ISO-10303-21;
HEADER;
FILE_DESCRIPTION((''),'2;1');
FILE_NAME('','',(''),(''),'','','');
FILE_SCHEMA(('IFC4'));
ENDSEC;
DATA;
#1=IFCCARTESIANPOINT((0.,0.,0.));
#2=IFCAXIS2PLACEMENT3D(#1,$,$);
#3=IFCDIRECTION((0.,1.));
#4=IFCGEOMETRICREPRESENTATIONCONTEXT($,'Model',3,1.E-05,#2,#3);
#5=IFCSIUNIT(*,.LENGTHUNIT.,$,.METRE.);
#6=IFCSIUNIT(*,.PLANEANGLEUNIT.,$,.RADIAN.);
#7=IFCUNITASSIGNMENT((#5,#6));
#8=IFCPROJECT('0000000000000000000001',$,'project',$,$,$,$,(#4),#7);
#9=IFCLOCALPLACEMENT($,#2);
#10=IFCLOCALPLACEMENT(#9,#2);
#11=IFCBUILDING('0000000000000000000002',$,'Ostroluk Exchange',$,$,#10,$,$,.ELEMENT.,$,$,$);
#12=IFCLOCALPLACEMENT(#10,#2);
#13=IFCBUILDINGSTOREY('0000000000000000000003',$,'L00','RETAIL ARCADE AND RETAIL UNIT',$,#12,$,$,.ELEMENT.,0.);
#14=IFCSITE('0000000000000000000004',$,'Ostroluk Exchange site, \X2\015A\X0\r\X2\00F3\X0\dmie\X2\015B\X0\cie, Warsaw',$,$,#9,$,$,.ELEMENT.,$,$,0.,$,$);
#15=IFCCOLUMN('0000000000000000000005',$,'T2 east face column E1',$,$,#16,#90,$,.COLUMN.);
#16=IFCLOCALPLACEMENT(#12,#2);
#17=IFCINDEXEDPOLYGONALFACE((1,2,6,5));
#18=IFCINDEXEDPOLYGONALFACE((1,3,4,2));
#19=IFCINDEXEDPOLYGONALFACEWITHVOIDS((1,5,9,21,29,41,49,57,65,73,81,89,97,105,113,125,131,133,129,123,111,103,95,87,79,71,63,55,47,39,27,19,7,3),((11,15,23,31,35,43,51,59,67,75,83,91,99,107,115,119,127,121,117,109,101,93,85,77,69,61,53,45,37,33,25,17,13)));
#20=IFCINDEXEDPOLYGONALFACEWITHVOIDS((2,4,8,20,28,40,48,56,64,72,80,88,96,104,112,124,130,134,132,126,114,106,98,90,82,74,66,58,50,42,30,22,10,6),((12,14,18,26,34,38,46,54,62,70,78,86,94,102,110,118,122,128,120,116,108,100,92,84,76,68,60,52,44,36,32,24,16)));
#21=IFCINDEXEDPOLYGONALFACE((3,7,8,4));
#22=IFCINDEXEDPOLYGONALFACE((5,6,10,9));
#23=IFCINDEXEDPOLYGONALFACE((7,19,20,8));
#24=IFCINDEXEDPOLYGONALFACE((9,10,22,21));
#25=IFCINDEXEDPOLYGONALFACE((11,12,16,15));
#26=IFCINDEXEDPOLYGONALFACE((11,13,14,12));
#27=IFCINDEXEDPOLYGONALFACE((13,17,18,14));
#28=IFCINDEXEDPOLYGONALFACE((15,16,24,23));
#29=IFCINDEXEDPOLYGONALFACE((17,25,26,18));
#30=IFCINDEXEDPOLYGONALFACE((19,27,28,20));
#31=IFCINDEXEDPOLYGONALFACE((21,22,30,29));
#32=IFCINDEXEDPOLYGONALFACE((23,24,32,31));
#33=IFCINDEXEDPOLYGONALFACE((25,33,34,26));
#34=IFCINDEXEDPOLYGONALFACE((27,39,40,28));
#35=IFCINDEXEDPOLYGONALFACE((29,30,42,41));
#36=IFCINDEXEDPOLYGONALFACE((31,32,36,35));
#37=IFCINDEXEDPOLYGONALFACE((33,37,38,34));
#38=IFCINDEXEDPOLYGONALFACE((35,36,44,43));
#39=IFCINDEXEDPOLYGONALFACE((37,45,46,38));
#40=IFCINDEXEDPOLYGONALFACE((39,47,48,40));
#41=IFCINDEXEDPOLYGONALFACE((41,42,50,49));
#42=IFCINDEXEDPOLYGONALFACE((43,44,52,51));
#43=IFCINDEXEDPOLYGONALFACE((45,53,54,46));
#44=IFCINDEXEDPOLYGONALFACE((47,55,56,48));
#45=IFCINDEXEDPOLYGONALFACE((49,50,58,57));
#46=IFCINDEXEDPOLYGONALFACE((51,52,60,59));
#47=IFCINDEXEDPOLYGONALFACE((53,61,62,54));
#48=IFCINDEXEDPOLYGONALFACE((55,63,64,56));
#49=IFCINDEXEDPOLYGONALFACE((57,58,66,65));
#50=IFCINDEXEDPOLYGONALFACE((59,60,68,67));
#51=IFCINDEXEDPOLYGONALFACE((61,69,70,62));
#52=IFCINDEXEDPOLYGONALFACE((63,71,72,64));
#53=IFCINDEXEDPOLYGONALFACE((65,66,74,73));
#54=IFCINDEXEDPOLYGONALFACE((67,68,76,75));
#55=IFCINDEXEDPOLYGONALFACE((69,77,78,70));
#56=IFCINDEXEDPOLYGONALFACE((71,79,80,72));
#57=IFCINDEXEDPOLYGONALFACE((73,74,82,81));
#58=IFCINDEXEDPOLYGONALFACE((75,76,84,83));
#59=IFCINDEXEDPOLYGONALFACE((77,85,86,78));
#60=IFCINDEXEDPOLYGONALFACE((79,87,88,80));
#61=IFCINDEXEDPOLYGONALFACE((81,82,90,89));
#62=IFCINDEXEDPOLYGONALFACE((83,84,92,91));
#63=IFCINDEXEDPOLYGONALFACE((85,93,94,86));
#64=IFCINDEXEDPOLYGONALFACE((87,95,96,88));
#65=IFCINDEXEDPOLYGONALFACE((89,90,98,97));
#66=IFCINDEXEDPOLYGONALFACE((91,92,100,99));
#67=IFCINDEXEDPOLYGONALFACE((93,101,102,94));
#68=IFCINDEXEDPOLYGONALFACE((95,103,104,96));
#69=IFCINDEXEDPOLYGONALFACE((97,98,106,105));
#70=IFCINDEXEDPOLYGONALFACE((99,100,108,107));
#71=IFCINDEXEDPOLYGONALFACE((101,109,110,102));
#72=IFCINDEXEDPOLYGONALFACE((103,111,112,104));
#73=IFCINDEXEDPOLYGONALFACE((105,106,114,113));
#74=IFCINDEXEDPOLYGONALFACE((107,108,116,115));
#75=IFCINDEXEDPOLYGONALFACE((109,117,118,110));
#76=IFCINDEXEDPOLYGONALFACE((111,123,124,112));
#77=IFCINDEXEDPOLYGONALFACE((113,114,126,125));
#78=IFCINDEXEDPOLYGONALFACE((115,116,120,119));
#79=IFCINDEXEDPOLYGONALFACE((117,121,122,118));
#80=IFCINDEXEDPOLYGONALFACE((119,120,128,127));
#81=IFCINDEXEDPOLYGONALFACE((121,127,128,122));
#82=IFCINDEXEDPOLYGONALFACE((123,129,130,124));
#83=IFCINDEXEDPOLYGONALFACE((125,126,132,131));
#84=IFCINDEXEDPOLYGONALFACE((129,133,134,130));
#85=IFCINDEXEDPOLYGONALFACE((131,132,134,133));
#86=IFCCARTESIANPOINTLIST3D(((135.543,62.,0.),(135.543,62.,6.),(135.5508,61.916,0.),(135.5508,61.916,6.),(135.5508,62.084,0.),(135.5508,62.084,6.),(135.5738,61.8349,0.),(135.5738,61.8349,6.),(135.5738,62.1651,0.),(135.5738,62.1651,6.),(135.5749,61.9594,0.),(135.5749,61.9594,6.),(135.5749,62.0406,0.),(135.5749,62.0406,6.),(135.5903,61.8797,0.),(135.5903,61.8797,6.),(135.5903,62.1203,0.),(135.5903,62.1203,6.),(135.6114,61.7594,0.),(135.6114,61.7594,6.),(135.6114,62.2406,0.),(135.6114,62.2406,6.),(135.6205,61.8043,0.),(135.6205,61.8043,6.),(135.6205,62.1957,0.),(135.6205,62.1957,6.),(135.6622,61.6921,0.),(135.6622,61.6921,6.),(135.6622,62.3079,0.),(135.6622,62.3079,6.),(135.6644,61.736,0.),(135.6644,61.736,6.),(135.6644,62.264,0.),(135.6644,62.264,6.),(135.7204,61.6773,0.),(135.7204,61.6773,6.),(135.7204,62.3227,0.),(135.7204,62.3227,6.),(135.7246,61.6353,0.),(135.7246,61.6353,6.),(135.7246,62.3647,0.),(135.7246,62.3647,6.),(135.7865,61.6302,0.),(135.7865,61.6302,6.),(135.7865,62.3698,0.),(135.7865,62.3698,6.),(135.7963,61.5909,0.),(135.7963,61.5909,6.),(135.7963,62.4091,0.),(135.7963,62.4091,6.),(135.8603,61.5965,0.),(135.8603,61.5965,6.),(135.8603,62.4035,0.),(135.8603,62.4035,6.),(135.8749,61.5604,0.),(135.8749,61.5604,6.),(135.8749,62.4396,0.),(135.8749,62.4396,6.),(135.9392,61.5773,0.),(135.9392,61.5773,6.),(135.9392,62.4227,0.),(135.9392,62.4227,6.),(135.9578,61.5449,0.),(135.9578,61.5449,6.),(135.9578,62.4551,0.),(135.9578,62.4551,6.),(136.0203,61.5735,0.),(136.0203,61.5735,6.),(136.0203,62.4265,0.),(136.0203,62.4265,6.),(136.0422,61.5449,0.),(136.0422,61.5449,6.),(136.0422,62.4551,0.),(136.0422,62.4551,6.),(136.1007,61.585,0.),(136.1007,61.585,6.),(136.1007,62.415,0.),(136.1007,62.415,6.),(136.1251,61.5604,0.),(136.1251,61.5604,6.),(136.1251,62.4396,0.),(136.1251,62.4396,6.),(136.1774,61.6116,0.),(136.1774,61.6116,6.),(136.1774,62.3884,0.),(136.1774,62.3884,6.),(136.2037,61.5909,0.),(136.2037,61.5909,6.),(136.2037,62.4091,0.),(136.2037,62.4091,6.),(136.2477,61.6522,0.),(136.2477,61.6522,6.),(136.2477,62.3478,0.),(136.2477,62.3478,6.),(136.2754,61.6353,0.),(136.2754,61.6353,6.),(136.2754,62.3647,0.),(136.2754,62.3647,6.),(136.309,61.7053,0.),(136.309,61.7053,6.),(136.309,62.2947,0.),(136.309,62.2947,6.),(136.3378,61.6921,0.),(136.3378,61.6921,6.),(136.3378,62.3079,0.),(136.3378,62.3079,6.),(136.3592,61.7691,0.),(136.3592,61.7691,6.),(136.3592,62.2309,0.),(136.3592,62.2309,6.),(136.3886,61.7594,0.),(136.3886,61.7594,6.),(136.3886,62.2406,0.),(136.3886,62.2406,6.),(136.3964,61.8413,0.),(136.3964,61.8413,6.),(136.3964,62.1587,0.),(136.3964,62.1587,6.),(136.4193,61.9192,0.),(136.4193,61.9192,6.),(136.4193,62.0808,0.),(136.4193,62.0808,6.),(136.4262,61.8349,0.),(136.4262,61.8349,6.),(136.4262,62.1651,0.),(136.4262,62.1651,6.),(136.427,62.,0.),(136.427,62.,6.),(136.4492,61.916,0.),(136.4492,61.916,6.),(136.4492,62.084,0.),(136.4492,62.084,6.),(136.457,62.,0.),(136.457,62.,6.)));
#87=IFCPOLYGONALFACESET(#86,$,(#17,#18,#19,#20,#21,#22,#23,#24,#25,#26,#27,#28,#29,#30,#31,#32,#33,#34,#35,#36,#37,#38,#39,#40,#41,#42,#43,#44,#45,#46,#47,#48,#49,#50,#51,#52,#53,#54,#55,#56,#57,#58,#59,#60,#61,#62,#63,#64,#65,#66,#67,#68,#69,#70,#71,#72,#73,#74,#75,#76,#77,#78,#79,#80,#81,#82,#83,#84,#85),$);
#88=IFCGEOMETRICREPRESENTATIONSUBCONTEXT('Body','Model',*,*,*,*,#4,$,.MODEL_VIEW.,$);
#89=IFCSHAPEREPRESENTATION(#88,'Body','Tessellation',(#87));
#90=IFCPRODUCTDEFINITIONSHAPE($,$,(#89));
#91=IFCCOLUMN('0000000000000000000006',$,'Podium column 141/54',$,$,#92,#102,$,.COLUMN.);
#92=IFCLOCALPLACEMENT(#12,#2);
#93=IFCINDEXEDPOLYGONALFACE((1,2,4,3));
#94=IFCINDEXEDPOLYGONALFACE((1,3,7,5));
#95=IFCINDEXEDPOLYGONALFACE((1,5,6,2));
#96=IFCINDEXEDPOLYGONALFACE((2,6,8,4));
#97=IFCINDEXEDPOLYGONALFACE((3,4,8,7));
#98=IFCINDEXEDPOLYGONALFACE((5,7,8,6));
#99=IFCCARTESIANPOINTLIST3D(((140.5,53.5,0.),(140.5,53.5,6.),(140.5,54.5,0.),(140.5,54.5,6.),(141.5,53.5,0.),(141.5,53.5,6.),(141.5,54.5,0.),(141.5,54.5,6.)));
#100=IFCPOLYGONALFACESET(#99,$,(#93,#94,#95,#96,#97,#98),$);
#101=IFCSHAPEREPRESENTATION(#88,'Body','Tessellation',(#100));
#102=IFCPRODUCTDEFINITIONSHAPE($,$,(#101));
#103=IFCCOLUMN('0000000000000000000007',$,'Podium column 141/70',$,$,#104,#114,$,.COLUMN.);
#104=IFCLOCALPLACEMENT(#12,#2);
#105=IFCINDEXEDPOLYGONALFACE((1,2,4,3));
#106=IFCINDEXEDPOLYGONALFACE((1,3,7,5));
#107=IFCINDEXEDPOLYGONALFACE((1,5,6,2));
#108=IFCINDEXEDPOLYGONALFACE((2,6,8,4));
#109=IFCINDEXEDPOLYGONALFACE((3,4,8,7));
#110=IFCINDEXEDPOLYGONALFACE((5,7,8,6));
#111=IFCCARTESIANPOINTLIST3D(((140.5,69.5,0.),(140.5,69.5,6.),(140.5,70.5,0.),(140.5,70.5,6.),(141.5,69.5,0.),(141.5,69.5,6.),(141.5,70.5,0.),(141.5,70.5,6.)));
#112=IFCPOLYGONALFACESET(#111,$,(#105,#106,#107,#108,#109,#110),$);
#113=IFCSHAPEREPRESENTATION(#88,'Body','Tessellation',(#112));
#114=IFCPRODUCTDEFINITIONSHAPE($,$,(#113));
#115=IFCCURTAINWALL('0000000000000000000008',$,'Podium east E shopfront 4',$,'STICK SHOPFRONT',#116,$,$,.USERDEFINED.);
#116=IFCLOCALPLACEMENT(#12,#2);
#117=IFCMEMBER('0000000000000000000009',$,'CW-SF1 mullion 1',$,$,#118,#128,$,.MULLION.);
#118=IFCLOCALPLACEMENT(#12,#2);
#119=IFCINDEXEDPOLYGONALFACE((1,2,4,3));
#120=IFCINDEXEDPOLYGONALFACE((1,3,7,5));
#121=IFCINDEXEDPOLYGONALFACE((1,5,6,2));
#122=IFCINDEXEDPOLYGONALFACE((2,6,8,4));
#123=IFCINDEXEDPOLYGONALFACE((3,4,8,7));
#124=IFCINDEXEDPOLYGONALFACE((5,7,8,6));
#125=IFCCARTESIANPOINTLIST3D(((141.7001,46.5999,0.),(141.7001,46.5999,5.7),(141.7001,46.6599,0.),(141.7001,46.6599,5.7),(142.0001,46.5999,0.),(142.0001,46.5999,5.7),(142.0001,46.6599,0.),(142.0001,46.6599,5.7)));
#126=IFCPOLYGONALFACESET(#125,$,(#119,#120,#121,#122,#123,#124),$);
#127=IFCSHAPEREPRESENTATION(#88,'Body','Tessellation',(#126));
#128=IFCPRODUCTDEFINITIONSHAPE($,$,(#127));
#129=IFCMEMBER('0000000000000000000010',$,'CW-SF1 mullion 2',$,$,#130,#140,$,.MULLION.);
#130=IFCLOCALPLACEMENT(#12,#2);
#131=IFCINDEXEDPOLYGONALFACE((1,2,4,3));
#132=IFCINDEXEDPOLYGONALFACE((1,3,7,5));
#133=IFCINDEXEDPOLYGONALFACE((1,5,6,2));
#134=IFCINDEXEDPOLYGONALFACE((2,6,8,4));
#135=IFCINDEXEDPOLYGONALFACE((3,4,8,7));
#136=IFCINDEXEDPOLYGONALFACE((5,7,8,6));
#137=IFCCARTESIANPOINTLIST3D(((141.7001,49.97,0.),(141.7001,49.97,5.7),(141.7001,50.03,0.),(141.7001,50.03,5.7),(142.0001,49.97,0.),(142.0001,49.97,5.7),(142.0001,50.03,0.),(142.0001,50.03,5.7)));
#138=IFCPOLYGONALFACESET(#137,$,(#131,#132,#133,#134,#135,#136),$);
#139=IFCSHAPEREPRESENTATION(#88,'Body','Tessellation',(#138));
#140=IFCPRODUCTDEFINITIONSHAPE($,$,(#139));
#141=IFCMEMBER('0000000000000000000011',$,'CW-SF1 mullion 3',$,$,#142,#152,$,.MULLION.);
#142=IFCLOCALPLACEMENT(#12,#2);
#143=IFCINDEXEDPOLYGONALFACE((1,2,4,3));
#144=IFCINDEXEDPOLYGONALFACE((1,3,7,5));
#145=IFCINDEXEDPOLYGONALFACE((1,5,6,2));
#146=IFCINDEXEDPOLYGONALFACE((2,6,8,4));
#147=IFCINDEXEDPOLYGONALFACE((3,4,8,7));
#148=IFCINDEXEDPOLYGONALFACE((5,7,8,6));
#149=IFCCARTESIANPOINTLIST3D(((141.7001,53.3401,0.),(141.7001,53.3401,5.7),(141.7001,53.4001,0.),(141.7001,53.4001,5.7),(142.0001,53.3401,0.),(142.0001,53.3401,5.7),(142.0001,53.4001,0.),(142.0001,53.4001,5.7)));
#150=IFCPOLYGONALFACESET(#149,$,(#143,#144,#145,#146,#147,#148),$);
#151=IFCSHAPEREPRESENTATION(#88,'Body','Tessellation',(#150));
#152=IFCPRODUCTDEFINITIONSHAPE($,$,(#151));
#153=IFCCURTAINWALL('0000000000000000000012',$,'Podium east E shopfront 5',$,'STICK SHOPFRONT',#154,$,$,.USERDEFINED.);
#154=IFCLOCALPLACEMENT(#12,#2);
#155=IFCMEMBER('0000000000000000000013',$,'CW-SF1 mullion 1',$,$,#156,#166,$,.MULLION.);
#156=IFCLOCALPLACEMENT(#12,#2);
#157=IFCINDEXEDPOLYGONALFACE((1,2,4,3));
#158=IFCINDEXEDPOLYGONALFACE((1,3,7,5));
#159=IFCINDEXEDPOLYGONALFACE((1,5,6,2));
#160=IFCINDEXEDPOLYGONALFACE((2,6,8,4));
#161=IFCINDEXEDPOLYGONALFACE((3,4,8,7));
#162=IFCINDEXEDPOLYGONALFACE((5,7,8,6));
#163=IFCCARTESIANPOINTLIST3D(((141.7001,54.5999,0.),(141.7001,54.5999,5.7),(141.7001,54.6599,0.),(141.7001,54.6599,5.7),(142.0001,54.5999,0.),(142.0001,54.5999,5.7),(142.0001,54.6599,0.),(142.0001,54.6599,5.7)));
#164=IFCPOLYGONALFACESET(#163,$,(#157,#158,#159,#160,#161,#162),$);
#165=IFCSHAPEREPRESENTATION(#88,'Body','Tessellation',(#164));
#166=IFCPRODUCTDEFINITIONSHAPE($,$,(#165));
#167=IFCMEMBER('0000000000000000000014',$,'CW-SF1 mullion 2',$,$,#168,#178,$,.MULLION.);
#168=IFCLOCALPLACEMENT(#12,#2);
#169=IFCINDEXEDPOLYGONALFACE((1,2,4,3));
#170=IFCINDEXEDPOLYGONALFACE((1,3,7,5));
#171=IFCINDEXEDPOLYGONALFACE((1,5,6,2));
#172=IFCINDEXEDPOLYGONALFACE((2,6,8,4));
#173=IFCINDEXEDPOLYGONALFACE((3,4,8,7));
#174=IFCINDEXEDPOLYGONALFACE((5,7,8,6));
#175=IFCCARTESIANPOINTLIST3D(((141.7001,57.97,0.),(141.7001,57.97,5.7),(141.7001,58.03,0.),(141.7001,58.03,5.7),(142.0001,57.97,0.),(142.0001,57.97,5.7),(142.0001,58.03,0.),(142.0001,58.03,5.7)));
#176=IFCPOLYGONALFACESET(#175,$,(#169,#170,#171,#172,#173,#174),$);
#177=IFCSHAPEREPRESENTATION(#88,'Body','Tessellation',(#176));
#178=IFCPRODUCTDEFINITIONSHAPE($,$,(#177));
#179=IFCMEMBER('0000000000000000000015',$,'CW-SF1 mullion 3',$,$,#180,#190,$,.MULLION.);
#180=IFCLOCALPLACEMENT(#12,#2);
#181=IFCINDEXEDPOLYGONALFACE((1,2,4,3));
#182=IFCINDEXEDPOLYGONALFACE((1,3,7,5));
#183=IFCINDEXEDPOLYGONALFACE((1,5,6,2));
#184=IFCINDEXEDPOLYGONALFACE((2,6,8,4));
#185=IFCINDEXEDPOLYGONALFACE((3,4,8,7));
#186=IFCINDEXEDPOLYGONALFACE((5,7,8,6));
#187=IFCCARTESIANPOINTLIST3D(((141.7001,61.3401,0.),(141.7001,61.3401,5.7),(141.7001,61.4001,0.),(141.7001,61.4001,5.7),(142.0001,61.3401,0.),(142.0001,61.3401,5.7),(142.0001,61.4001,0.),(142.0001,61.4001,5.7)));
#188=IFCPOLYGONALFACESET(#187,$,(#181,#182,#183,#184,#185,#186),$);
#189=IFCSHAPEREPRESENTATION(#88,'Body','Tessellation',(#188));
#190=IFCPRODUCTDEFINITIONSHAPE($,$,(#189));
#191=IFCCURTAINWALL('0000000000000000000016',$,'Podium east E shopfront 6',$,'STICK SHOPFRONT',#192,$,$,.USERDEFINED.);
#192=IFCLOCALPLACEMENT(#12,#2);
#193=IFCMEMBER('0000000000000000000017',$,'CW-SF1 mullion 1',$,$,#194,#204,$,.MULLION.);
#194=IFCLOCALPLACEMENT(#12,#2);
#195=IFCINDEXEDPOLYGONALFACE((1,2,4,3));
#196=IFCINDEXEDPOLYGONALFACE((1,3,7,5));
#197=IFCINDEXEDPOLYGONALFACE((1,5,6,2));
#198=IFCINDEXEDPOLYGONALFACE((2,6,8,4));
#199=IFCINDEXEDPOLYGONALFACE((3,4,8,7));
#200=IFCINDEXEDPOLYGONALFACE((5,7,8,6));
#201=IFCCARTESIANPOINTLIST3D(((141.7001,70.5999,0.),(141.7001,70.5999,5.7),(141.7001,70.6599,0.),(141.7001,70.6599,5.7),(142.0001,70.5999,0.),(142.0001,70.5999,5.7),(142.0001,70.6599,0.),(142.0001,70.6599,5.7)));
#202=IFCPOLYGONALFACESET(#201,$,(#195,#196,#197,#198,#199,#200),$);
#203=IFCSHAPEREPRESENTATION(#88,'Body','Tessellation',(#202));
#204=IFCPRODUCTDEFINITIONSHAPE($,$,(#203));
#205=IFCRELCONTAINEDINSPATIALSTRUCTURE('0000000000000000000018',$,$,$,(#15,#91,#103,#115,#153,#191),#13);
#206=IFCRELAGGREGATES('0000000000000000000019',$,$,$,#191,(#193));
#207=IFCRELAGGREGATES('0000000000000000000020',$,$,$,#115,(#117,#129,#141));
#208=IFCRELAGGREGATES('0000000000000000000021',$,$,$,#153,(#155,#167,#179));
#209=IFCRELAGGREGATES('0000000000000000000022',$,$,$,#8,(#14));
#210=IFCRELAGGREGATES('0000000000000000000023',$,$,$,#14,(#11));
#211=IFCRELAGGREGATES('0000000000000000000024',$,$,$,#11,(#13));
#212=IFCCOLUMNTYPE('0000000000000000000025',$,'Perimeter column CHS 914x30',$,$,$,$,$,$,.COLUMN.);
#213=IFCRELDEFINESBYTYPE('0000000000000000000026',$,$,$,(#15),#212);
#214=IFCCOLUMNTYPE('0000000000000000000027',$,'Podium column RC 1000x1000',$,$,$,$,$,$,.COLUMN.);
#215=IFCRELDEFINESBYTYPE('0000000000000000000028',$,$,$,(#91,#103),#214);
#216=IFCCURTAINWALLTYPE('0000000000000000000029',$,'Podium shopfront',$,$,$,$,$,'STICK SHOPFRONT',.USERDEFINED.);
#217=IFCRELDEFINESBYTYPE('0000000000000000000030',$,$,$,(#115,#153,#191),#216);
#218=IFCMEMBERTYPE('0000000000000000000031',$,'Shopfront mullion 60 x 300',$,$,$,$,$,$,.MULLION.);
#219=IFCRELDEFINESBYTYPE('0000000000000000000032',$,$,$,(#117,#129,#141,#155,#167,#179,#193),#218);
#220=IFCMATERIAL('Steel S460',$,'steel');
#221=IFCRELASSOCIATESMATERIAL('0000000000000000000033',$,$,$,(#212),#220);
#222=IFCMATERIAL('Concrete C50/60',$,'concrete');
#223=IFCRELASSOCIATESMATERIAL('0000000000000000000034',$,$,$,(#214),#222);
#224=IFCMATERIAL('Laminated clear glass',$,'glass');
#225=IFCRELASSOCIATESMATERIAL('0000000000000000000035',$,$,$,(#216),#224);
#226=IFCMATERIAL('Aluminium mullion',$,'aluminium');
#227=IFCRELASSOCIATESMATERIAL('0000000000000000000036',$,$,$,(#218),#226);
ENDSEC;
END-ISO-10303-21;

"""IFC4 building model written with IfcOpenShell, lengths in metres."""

from ifc_helpers import new_model, si_unit, direction, frame, origin, origin_2d, place, context, subcontext, project, spatial, rectangle, hollow_circle, extrude, material, material_profile, profile_set, type_object, element, aggregate, save


model = new_model("IFC4")

# Units and contexts
model_context = context("Model", 3, precision=1e-05, world=origin(), true_north=direction((0.0, 1.0)))
body_context = subcontext(model_context, "Body", "Model", "MODEL_VIEW")
ifc_project = project(units=[si_unit("LENGTHUNIT", "METRE"), si_unit("PLANEANGLEUNIT", "RADIAN")], contexts=[model_context])

# Site, building, storey
site_placement = place(None, origin())
site = spatial("IfcSite", under=ifc_project, at=site_placement, Name="Ostroluk Exchange site, Śródmieście, Warsaw", CompositionType="ELEMENT", RefElevation=0.0)
building_placement = place(site_placement, origin())
building = spatial("IfcBuilding", under=site, at=building_placement, Name="Ostroluk Exchange", CompositionType="ELEMENT")
storey_placement = place(building_placement, origin())
storey = spatial("IfcBuildingStorey", under=building, at=storey_placement, Name="L00", Description="RETAIL ARCADE AND RETAIL UNIT", CompositionType="ELEMENT", Elevation=0.0)

# Columns
ifc_material_1 = material(Name="Steel S460", Category="steel")
ifc_material_profile_1 = material_profile(ifc_material_1, hollow_circle(Radius=0.457, WallThickness=0.03, at=origin_2d()), Name="CHS 914x30")
ifc_profile_set_1 = profile_set([ifc_material_profile_1], Name="Steel S460")
column_type_1 = type_object("IfcColumnType", Name="Perimeter column CHS 914x30", PredefinedType="COLUMN", material=ifc_profile_set_1)
column_placement = place(storey_placement, frame((136.0, 62.0, 0.0), z_axis=(0.0, 0.0, 1.0), x_axis=(1.0, 0.0, 0.0)))
element("IfcColumn", 1, at=column_placement, inside=storey, type_object=column_type_1, Name="T2 east face column E1", PredefinedType="COLUMN", context=body_context, shape_type="SweptSolid", body=[
    extrude(hollow_circle(Radius=0.457, WallThickness=0.03, at=origin_2d()), origin(), (0.0, 0.0, 1.0), 6.0),
])
ifc_material_2 = material(Name="Concrete C50/60", Category="concrete")
ifc_material_profile_2 = material_profile(ifc_material_2, rectangle(XDim=1.0, YDim=1.0, at=origin_2d()), Name="RC 1000x1000")
ifc_profile_set_2 = profile_set([ifc_material_profile_2], Name="Concrete C50/60")
column_type_2 = type_object("IfcColumnType", Name="Podium column RC 1000x1000", PredefinedType="COLUMN", material=ifc_profile_set_2)
for number, where, z_axis, x_axis, name in (
    (2, (141.0, 54.0, 0.0), (0.0, 0.0, 1.0), (1.0, 0.0, 0.0), "Podium column 141/54"),
    (3, (141.0, 70.0, 0.0), (0.0, 0.0, 1.0), (1.0, 0.0, 0.0), "Podium column 141/70"),
):
    element("IfcColumn", number, at=place(storey_placement, frame(where, z_axis=z_axis, x_axis=x_axis)), inside=storey, type_object=column_type_2, Name=name, PredefinedType="COLUMN", context=body_context, shape_type="SweptSolid", body=[
        extrude(rectangle(XDim=1.0, YDim=1.0, at=origin_2d()), origin(), (0.0, 0.0, 1.0), 6.0),
    ])

# Curtain walls, members
ifc_material_3 = material(Name="Laminated clear glass", Category="glass")
curtain_wall_type = type_object("IfcCurtainWallType", Name="Podium shopfront", ElementType="STICK SHOPFRONT", PredefinedType="USERDEFINED", material=ifc_material_3)
curtain_wall_1_placement = place(storey_placement, origin())
curtain_wall_1 = element("IfcCurtainWall", 4, at=curtain_wall_1_placement, inside=storey, type_object=curtain_wall_type, Name="Podium east E shopfront 4", ObjectType="STICK SHOPFRONT", PredefinedType="USERDEFINED")
ifc_material_4 = material(Name="Aluminium mullion", Category="aluminium")
ifc_material_profile_3 = material_profile(ifc_material_4, rectangle(XDim=0.3, YDim=0.0601, at=origin_2d()), Name="Shopfront mullion 60 x 300")
ifc_profile_set_3 = profile_set([ifc_material_profile_3], Name="Aluminium mullion")
member_type_1 = type_object("IfcMemberType", Name="Shopfront mullion 60 x 300", PredefinedType="MULLION", material=ifc_profile_set_3)
member_1_placement = place(storey_placement, frame((141.8501, 46.6299, 0.0), z_axis=(0.0, 0.0, 1.0), x_axis=(-1.0, 0.0, 0.0)))
member_1 = element("IfcMember", 5, at=member_1_placement, type_object=member_type_1, Name="CW-SF1 mullion 1", PredefinedType="MULLION", context=body_context, shape_type="SweptSolid", body=[
    extrude(rectangle(XDim=0.3, YDim=0.0601, at=origin_2d()), origin(), (0.0, 0.0, 1.0), 5.7),
])
member_2_placement = place(storey_placement, frame((141.8501, 50.0, 0.0), z_axis=(0.0, 0.0, 1.0), x_axis=(-1.0, 0.0, 0.0)))
member_2 = element("IfcMember", 6, at=member_2_placement, type_object=member_type_1, Name="CW-SF1 mullion 2", PredefinedType="MULLION", context=body_context, shape_type="SweptSolid", body=[
    extrude(rectangle(XDim=0.3, YDim=0.0601, at=origin_2d()), origin(), (0.0, 0.0, 1.0), 5.7),
])
member_3_placement = place(storey_placement, frame((141.8501, 53.3701, 0.0), z_axis=(0.0, 0.0, 1.0), x_axis=(-1.0, 0.0, 0.0)))
member_3 = element("IfcMember", 7, at=member_3_placement, type_object=member_type_1, Name="CW-SF1 mullion 3", PredefinedType="MULLION", context=body_context, shape_type="SweptSolid", body=[
    extrude(rectangle(XDim=0.3, YDim=0.0601, at=origin_2d()), origin(), (0.0, 0.0, 1.0), 5.7),
])
curtain_wall_2_placement = place(storey_placement, origin())
curtain_wall_2 = element("IfcCurtainWall", 8, at=curtain_wall_2_placement, inside=storey, type_object=curtain_wall_type, Name="Podium east E shopfront 5", ObjectType="STICK SHOPFRONT", PredefinedType="USERDEFINED")
member_4_placement = place(storey_placement, frame((141.8501, 54.6299, 0.0), z_axis=(0.0, 0.0, 1.0), x_axis=(-1.0, 0.0, 0.0)))
member_4 = element("IfcMember", 9, at=member_4_placement, type_object=member_type_1, Name="CW-SF1 mullion 1", PredefinedType="MULLION", context=body_context, shape_type="SweptSolid", body=[
    extrude(rectangle(XDim=0.3, YDim=0.0601, at=origin_2d()), origin(), (0.0, 0.0, 1.0), 5.7),
])
member_5_placement = place(storey_placement, frame((141.8501, 58.0, 0.0), z_axis=(0.0, 0.0, 1.0), x_axis=(-1.0, 0.0, 0.0)))
member_5 = element("IfcMember", 10, at=member_5_placement, type_object=member_type_1, Name="CW-SF1 mullion 2", PredefinedType="MULLION", context=body_context, shape_type="SweptSolid", body=[
    extrude(rectangle(XDim=0.3, YDim=0.0601, at=origin_2d()), origin(), (0.0, 0.0, 1.0), 5.7),
])
member_6_placement = place(storey_placement, frame((141.8501, 61.3701, 0.0), z_axis=(0.0, 0.0, 1.0), x_axis=(-1.0, 0.0, 0.0)))
member_6 = element("IfcMember", 11, at=member_6_placement, type_object=member_type_1, Name="CW-SF1 mullion 3", PredefinedType="MULLION", context=body_context, shape_type="SweptSolid", body=[
    extrude(rectangle(XDim=0.3, YDim=0.0601, at=origin_2d()), origin(), (0.0, 0.0, 1.0), 5.7),
])

# Curtain wall, member
curtain_wall_3_placement = place(storey_placement, origin())
curtain_wall_3 = element("IfcCurtainWall", 12, at=curtain_wall_3_placement, inside=storey, type_object=curtain_wall_type, Name="Podium east E shopfront 6", ObjectType="STICK SHOPFRONT", PredefinedType="USERDEFINED")
member_7_placement = place(storey_placement, frame((141.8501, 70.6299, 0.0), z_axis=(0.0, 0.0, 1.0), x_axis=(-1.0, 0.0, 0.0)))
member_7 = element("IfcMember", 13, at=member_7_placement, type_object=member_type_1, Name="CW-SF1 mullion 1", PredefinedType="MULLION", context=body_context, shape_type="SweptSolid", body=[
    extrude(rectangle(XDim=0.3, YDim=0.0601, at=origin_2d()), origin(), (0.0, 0.0, 1.0), 5.7),
])

aggregate(curtain_wall_3, [member_7])

aggregate(curtain_wall_1, [member_1, member_2, member_3])
aggregate(curtain_wall_2, [member_4, member_5, member_6])

save(model, "model.ifc")
